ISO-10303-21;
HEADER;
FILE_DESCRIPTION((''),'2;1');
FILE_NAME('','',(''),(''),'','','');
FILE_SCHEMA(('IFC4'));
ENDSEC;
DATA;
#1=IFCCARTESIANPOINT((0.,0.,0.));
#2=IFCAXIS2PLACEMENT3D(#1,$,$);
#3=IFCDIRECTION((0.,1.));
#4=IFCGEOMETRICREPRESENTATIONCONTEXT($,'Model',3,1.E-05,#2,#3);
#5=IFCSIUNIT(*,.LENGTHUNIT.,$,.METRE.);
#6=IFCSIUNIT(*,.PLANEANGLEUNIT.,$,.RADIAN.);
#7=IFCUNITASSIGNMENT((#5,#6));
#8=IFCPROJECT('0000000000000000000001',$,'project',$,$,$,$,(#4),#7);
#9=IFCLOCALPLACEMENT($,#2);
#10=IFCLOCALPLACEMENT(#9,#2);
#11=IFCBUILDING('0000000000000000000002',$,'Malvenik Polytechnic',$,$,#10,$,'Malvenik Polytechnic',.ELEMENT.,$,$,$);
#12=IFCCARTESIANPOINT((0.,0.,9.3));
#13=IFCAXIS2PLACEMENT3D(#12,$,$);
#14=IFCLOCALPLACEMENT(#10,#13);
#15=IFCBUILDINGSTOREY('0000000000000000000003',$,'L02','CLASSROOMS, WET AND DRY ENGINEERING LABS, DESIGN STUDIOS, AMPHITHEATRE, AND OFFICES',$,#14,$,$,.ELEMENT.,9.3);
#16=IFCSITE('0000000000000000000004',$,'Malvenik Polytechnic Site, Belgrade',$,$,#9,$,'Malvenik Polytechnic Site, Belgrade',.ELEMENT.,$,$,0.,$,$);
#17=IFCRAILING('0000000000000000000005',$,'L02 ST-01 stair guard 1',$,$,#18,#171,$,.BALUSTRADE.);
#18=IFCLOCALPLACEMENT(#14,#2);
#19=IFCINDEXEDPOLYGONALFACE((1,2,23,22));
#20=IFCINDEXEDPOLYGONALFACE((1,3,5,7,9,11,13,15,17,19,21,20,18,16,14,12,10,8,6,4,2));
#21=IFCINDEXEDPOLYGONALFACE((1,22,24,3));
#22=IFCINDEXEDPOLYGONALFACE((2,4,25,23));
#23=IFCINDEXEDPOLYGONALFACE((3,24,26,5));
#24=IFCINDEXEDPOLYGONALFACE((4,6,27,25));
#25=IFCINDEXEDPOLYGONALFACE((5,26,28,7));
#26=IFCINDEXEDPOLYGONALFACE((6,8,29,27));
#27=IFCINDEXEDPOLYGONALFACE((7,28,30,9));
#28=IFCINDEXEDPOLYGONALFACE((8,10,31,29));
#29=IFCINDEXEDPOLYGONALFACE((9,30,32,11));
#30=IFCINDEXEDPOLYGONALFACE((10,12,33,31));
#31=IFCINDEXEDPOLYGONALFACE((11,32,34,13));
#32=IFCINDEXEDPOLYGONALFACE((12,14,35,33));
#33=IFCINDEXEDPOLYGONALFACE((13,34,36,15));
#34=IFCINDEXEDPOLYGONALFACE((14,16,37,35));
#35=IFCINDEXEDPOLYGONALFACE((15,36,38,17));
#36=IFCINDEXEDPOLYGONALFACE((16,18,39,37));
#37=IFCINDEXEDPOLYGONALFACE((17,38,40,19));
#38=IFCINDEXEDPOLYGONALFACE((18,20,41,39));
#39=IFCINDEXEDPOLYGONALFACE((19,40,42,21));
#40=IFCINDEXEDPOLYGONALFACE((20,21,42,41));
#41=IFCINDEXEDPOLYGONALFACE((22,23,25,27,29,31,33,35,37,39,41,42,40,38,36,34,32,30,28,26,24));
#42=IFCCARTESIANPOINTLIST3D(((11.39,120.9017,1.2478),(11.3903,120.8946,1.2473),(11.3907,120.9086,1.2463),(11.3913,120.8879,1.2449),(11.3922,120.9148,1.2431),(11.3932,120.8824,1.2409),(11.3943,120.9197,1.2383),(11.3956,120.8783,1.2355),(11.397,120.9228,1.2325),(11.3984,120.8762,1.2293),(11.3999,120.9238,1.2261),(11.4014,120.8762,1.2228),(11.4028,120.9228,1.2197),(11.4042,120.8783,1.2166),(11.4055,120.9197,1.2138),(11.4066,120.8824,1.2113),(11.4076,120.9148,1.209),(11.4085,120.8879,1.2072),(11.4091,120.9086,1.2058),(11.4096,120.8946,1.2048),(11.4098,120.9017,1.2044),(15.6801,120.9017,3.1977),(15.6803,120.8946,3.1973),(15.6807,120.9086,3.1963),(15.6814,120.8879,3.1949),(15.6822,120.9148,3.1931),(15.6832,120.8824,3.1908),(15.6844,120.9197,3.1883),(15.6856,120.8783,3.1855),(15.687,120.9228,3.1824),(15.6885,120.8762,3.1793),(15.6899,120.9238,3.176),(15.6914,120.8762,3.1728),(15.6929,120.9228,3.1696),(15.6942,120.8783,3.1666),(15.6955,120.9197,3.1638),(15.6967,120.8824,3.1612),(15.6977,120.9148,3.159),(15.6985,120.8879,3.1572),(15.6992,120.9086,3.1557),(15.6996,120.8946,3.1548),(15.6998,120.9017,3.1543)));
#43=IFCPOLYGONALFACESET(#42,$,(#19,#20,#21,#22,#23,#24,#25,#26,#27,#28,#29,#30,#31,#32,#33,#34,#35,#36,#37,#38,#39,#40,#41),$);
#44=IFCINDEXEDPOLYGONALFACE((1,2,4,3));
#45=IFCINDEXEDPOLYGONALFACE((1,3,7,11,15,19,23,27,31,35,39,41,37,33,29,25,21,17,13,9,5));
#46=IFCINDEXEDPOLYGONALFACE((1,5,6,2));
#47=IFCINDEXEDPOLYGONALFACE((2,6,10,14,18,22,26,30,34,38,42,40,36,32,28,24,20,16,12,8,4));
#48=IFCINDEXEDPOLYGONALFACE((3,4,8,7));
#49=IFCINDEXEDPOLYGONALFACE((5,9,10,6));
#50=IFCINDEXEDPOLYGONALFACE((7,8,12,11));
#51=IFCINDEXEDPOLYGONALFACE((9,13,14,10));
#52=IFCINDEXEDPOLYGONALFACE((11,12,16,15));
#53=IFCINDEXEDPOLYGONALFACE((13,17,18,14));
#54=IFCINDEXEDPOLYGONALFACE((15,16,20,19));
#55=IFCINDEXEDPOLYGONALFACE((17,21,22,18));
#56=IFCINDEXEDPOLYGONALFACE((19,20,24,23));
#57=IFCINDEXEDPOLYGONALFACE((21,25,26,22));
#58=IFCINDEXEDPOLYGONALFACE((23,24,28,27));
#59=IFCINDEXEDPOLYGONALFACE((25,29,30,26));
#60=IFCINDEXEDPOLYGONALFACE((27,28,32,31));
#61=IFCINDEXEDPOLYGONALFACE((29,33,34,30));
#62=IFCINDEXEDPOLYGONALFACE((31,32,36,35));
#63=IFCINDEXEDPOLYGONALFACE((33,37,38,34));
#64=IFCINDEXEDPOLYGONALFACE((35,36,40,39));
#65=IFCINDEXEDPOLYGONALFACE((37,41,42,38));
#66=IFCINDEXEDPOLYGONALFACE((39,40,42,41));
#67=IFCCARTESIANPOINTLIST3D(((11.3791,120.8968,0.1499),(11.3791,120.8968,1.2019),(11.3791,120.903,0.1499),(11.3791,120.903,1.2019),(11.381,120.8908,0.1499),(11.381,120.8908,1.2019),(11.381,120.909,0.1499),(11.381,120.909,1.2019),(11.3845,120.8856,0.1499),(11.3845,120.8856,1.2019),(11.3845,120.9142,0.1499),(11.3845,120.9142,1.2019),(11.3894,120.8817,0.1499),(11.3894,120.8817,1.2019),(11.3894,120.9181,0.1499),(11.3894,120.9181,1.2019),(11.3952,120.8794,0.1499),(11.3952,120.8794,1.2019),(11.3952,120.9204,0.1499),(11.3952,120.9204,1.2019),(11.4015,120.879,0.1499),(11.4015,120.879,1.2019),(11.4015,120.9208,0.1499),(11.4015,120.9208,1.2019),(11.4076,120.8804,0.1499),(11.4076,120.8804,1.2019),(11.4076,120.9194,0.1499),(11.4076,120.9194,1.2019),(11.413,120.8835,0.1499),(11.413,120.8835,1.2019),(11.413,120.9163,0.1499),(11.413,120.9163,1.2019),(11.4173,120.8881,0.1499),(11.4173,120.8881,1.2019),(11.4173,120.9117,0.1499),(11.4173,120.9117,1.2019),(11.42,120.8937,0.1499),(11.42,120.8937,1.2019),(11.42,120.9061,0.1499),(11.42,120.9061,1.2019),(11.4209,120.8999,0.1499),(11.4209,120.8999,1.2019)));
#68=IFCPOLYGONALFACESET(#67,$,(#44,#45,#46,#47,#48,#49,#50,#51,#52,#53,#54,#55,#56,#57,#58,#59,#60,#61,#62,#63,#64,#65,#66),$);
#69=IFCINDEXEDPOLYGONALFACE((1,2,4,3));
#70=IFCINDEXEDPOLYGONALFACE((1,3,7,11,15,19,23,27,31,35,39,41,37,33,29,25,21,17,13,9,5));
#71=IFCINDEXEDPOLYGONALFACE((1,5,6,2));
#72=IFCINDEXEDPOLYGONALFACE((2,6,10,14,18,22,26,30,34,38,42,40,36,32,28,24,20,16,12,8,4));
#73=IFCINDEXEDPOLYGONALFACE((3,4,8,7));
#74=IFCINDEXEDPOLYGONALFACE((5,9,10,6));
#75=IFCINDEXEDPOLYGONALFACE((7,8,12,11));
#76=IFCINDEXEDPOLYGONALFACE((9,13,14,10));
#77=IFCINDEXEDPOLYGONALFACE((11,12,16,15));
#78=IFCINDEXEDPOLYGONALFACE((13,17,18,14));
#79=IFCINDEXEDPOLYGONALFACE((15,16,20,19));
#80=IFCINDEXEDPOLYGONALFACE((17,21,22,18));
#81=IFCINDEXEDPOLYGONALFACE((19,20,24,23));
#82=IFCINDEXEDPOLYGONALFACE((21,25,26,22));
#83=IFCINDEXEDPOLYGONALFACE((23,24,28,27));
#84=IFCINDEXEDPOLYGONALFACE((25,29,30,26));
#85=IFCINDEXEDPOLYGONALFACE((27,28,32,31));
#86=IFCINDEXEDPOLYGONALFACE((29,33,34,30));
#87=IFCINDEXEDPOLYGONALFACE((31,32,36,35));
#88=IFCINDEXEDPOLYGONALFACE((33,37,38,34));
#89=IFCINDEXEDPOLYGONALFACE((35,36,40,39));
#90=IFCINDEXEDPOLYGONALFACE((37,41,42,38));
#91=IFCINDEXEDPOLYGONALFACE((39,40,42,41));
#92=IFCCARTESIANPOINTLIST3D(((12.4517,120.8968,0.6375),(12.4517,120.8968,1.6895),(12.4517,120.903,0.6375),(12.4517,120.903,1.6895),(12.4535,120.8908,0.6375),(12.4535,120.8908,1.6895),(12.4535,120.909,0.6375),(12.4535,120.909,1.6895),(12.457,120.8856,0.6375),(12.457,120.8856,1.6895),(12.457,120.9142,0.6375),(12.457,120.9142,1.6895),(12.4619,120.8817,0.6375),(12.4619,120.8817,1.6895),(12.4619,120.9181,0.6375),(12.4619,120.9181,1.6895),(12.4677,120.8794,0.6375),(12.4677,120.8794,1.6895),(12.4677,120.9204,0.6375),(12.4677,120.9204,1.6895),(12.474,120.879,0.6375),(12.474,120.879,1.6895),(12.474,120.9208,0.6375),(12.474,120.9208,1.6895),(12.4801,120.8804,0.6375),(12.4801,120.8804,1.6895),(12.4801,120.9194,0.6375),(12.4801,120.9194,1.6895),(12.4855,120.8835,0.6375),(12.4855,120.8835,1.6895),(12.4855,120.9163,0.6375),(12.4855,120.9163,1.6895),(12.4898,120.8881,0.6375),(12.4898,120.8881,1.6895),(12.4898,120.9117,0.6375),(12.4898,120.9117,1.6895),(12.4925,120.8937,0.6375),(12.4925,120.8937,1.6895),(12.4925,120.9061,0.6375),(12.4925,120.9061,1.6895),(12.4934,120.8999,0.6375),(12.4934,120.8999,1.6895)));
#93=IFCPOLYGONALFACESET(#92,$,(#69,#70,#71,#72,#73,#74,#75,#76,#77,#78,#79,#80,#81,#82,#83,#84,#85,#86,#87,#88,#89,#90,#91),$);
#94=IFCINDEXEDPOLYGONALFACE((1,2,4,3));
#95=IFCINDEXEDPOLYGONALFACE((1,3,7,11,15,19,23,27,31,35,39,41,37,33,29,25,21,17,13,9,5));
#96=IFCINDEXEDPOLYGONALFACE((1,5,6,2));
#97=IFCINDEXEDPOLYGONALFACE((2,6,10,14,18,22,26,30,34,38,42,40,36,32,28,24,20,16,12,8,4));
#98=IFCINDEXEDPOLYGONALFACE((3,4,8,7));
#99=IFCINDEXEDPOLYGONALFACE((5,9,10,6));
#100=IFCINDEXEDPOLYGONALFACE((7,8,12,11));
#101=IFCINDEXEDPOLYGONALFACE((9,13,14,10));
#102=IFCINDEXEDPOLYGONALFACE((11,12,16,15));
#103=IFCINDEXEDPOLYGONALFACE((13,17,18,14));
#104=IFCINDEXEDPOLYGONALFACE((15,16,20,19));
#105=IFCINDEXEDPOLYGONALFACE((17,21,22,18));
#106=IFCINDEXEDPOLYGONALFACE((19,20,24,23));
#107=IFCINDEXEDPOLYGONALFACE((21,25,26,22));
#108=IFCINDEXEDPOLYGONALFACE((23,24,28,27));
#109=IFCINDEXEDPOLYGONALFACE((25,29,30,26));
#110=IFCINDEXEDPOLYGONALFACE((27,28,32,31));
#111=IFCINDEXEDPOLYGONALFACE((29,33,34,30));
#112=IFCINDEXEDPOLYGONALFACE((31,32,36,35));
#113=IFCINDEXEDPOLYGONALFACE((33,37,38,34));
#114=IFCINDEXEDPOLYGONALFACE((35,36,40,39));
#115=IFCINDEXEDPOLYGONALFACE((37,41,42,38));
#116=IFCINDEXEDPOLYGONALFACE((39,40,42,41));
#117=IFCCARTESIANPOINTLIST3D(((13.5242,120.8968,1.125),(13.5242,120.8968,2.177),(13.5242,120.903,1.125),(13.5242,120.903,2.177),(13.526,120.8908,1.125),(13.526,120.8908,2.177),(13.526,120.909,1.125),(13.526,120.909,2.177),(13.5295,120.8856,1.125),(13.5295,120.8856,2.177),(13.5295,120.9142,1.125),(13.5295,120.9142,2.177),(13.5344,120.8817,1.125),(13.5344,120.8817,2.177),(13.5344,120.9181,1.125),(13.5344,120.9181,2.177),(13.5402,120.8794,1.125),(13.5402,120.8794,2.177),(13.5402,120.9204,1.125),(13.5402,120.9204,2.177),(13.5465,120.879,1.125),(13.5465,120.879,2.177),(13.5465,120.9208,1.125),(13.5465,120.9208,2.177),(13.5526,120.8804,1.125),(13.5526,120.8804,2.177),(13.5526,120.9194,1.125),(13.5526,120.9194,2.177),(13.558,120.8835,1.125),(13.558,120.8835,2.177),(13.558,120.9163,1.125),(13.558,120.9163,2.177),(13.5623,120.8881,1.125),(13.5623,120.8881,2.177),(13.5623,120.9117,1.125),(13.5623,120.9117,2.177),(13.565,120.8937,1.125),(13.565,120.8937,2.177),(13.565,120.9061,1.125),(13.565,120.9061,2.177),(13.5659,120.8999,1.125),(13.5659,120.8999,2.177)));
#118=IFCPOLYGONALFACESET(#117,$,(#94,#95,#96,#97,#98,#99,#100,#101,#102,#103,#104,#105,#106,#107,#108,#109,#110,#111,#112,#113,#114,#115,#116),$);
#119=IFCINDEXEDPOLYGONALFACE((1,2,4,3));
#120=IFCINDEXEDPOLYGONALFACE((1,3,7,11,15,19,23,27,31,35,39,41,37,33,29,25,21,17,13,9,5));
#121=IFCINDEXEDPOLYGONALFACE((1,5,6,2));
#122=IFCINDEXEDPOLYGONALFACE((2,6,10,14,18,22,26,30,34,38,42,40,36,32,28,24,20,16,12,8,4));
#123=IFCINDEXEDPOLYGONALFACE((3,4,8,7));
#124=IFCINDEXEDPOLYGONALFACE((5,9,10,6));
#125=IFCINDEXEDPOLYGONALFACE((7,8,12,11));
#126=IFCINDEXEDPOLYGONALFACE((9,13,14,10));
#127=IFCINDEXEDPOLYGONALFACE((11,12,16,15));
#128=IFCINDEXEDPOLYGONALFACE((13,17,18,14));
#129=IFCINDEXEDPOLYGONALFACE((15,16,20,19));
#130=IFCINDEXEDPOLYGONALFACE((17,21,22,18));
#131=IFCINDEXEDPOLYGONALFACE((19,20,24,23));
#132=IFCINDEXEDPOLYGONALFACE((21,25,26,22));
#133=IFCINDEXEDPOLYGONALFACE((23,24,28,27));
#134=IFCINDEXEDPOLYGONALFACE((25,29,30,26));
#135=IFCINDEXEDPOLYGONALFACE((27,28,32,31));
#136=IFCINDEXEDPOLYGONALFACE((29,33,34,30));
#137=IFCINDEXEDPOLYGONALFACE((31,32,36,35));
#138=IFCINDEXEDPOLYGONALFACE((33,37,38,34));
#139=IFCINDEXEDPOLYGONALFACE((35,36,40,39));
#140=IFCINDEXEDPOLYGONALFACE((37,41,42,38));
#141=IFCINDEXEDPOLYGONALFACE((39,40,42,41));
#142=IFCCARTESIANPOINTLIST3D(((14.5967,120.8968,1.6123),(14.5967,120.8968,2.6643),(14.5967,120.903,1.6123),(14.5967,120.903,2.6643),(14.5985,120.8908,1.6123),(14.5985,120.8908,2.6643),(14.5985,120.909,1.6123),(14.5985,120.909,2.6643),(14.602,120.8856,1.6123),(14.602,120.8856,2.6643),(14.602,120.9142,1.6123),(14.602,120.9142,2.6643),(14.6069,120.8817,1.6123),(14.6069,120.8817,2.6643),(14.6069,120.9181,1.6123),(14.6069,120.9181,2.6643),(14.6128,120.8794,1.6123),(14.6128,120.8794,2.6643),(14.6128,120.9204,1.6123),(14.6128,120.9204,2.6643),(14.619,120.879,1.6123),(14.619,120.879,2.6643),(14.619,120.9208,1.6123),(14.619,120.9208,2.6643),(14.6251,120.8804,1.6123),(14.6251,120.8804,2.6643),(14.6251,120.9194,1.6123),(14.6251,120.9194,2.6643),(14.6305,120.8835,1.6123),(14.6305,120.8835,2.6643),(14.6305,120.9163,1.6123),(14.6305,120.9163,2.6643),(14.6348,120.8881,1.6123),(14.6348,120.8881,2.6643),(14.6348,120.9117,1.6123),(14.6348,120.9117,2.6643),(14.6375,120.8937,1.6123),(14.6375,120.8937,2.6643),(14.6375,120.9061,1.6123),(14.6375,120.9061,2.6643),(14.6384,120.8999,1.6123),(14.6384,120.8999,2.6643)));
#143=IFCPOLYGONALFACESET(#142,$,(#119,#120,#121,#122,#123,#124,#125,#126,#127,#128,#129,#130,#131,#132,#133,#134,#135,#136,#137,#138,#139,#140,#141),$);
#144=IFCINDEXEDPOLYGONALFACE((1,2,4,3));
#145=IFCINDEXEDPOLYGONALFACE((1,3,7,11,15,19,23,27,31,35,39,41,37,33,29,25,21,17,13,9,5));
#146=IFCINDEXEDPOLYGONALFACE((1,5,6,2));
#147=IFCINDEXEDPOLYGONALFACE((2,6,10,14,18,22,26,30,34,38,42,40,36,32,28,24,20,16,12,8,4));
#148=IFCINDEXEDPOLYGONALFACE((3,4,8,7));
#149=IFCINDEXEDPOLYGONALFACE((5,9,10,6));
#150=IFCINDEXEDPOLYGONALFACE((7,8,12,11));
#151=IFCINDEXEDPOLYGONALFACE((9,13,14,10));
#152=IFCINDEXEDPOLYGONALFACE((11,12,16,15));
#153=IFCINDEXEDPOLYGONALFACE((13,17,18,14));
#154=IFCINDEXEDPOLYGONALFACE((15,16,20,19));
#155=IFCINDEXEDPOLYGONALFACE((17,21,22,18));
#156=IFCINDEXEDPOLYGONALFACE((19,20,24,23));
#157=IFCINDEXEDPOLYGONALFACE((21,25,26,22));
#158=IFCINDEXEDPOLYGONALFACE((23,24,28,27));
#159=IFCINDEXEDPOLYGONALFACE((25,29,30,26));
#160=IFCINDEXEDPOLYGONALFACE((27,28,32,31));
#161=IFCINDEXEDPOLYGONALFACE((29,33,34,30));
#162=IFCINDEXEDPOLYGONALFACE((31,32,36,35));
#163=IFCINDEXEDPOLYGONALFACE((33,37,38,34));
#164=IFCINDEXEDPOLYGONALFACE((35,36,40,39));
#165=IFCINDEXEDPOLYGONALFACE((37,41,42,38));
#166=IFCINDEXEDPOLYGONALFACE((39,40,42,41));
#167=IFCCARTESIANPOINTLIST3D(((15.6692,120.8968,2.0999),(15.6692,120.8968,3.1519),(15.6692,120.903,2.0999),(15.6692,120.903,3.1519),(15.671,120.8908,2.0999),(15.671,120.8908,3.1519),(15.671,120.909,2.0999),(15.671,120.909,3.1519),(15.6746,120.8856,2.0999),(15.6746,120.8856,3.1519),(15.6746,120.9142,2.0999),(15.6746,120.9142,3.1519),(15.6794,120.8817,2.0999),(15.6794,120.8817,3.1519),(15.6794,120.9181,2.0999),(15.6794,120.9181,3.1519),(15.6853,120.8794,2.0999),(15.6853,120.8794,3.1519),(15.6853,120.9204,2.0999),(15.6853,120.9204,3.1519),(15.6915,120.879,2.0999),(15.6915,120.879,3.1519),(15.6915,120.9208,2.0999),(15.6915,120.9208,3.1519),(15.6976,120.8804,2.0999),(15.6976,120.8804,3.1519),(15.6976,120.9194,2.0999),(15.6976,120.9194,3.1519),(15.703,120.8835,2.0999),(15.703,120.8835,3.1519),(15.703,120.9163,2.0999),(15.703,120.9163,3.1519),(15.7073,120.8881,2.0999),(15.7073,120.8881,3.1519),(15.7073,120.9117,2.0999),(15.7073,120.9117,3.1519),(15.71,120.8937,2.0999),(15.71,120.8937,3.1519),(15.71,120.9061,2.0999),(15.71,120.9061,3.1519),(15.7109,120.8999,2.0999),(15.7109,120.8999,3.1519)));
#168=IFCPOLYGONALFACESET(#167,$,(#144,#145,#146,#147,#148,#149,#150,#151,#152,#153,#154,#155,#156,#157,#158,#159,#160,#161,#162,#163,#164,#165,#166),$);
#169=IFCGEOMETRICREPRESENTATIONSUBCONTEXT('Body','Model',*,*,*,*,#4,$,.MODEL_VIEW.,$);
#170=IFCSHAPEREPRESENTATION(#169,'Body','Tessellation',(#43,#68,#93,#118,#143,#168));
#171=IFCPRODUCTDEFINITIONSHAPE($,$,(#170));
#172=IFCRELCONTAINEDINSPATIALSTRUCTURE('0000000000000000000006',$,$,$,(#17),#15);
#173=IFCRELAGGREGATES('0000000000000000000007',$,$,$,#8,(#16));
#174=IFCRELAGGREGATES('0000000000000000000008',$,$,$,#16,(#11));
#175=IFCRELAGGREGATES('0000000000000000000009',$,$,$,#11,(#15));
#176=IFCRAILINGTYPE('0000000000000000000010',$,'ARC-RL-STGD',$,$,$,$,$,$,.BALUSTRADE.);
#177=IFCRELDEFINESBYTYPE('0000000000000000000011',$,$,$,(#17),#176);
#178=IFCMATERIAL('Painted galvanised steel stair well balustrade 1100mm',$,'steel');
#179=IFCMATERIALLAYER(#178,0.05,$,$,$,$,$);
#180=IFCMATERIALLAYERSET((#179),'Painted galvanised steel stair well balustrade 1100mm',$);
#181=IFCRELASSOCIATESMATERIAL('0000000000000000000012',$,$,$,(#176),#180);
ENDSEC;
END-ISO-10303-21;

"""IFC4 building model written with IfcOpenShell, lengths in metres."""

from ifc_helpers import new_model, si_unit, direction, frame, origin, origin_2d, place, context, subcontext, project, spatial, circle, extrude, material, layer, layer_set, type_object, element, save


model = new_model("IFC4")

# Units and contexts
model_context = context("Model", 3, precision=1e-05, world=origin(), true_north=direction((0.0, 1.0)))
body_context = subcontext(model_context, "Body", "Model", "MODEL_VIEW")
ifc_project = project(units=[si_unit("LENGTHUNIT", "METRE"), si_unit("PLANEANGLEUNIT", "RADIAN")], contexts=[model_context])

# Site, building, storey
site_placement = place(None, origin())
site = spatial("IfcSite", under=ifc_project, at=site_placement, Name="Malvenik Polytechnic Site, Belgrade", LongName="Malvenik Polytechnic Site, Belgrade", CompositionType="ELEMENT", RefElevation=0.0)
building_placement = place(site_placement, origin())
building = spatial("IfcBuilding", under=site, at=building_placement, Name="Malvenik Polytechnic", LongName="Malvenik Polytechnic", CompositionType="ELEMENT")
storey_placement = place(building_placement, frame((0.0, 0.0, 9.3)))
storey = spatial("IfcBuildingStorey", under=building, at=storey_placement, Name="L02", Description="CLASSROOMS, WET AND DRY ENGINEERING LABS, DESIGN STUDIOS, AMPHITHEATRE, AND OFFICES", CompositionType="ELEMENT", Elevation=9.3)

# Railing
ifc_material_1 = material(Name="Painted galvanised steel stair well balustrade 1100mm", Category="steel")
ifc_layer_1 = layer(ifc_material_1, 0.05)
ifc_layer_set_1 = layer_set([ifc_layer_1], Name="Painted galvanised steel stair well balustrade 1100mm")
railing_type_1 = type_object("IfcRailingType", Name="ARC-RL-STGD", PredefinedType="BALUSTRADE", material=ifc_layer_set_1)
railing_1_placement = place(storey_placement, frame((11.3999, 120.8999, 0.1499)))
element("IfcRailing", 1, at=railing_1_placement, inside=storey, type_object=railing_type_1, Name="L02 ST-01 stair guard 1", PredefinedType="BALUSTRADE", context=body_context, shape_type="SweptSolid", body=[
    extrude(circle(Radius=0.0239, at=origin_2d()), frame((0.0, 0.0, 1.0762), z_axis=(0.910372, 0.0, 0.413791), x_axis=(0.0, 1.0, 0.0)), (0.0, 0.0, 1.0), 4.7124),
    extrude(circle(Radius=0.021, at=origin_2d()), origin(), (0.0, 0.0, 1.0), 1.052),
    extrude(circle(Radius=0.021, at=origin_2d()), frame((1.0725, 0.0, 0.4875)), (0.0, 0.0, 1.0), 1.052),
    extrude(circle(Radius=0.021, at=origin_2d()), frame((2.145, 0.0, 0.9751)), (0.0, 0.0, 1.0), 1.052),
    extrude(circle(Radius=0.021, at=origin_2d()), frame((3.2175, 0.0, 1.4624)), (0.0, 0.0, 1.0), 1.052),
    extrude(circle(Radius=0.021, at=origin_2d()), frame((4.29, 0.0, 1.95)), (0.0, 0.0, 1.0), 1.052),
])

save(model, "model.ifc")
